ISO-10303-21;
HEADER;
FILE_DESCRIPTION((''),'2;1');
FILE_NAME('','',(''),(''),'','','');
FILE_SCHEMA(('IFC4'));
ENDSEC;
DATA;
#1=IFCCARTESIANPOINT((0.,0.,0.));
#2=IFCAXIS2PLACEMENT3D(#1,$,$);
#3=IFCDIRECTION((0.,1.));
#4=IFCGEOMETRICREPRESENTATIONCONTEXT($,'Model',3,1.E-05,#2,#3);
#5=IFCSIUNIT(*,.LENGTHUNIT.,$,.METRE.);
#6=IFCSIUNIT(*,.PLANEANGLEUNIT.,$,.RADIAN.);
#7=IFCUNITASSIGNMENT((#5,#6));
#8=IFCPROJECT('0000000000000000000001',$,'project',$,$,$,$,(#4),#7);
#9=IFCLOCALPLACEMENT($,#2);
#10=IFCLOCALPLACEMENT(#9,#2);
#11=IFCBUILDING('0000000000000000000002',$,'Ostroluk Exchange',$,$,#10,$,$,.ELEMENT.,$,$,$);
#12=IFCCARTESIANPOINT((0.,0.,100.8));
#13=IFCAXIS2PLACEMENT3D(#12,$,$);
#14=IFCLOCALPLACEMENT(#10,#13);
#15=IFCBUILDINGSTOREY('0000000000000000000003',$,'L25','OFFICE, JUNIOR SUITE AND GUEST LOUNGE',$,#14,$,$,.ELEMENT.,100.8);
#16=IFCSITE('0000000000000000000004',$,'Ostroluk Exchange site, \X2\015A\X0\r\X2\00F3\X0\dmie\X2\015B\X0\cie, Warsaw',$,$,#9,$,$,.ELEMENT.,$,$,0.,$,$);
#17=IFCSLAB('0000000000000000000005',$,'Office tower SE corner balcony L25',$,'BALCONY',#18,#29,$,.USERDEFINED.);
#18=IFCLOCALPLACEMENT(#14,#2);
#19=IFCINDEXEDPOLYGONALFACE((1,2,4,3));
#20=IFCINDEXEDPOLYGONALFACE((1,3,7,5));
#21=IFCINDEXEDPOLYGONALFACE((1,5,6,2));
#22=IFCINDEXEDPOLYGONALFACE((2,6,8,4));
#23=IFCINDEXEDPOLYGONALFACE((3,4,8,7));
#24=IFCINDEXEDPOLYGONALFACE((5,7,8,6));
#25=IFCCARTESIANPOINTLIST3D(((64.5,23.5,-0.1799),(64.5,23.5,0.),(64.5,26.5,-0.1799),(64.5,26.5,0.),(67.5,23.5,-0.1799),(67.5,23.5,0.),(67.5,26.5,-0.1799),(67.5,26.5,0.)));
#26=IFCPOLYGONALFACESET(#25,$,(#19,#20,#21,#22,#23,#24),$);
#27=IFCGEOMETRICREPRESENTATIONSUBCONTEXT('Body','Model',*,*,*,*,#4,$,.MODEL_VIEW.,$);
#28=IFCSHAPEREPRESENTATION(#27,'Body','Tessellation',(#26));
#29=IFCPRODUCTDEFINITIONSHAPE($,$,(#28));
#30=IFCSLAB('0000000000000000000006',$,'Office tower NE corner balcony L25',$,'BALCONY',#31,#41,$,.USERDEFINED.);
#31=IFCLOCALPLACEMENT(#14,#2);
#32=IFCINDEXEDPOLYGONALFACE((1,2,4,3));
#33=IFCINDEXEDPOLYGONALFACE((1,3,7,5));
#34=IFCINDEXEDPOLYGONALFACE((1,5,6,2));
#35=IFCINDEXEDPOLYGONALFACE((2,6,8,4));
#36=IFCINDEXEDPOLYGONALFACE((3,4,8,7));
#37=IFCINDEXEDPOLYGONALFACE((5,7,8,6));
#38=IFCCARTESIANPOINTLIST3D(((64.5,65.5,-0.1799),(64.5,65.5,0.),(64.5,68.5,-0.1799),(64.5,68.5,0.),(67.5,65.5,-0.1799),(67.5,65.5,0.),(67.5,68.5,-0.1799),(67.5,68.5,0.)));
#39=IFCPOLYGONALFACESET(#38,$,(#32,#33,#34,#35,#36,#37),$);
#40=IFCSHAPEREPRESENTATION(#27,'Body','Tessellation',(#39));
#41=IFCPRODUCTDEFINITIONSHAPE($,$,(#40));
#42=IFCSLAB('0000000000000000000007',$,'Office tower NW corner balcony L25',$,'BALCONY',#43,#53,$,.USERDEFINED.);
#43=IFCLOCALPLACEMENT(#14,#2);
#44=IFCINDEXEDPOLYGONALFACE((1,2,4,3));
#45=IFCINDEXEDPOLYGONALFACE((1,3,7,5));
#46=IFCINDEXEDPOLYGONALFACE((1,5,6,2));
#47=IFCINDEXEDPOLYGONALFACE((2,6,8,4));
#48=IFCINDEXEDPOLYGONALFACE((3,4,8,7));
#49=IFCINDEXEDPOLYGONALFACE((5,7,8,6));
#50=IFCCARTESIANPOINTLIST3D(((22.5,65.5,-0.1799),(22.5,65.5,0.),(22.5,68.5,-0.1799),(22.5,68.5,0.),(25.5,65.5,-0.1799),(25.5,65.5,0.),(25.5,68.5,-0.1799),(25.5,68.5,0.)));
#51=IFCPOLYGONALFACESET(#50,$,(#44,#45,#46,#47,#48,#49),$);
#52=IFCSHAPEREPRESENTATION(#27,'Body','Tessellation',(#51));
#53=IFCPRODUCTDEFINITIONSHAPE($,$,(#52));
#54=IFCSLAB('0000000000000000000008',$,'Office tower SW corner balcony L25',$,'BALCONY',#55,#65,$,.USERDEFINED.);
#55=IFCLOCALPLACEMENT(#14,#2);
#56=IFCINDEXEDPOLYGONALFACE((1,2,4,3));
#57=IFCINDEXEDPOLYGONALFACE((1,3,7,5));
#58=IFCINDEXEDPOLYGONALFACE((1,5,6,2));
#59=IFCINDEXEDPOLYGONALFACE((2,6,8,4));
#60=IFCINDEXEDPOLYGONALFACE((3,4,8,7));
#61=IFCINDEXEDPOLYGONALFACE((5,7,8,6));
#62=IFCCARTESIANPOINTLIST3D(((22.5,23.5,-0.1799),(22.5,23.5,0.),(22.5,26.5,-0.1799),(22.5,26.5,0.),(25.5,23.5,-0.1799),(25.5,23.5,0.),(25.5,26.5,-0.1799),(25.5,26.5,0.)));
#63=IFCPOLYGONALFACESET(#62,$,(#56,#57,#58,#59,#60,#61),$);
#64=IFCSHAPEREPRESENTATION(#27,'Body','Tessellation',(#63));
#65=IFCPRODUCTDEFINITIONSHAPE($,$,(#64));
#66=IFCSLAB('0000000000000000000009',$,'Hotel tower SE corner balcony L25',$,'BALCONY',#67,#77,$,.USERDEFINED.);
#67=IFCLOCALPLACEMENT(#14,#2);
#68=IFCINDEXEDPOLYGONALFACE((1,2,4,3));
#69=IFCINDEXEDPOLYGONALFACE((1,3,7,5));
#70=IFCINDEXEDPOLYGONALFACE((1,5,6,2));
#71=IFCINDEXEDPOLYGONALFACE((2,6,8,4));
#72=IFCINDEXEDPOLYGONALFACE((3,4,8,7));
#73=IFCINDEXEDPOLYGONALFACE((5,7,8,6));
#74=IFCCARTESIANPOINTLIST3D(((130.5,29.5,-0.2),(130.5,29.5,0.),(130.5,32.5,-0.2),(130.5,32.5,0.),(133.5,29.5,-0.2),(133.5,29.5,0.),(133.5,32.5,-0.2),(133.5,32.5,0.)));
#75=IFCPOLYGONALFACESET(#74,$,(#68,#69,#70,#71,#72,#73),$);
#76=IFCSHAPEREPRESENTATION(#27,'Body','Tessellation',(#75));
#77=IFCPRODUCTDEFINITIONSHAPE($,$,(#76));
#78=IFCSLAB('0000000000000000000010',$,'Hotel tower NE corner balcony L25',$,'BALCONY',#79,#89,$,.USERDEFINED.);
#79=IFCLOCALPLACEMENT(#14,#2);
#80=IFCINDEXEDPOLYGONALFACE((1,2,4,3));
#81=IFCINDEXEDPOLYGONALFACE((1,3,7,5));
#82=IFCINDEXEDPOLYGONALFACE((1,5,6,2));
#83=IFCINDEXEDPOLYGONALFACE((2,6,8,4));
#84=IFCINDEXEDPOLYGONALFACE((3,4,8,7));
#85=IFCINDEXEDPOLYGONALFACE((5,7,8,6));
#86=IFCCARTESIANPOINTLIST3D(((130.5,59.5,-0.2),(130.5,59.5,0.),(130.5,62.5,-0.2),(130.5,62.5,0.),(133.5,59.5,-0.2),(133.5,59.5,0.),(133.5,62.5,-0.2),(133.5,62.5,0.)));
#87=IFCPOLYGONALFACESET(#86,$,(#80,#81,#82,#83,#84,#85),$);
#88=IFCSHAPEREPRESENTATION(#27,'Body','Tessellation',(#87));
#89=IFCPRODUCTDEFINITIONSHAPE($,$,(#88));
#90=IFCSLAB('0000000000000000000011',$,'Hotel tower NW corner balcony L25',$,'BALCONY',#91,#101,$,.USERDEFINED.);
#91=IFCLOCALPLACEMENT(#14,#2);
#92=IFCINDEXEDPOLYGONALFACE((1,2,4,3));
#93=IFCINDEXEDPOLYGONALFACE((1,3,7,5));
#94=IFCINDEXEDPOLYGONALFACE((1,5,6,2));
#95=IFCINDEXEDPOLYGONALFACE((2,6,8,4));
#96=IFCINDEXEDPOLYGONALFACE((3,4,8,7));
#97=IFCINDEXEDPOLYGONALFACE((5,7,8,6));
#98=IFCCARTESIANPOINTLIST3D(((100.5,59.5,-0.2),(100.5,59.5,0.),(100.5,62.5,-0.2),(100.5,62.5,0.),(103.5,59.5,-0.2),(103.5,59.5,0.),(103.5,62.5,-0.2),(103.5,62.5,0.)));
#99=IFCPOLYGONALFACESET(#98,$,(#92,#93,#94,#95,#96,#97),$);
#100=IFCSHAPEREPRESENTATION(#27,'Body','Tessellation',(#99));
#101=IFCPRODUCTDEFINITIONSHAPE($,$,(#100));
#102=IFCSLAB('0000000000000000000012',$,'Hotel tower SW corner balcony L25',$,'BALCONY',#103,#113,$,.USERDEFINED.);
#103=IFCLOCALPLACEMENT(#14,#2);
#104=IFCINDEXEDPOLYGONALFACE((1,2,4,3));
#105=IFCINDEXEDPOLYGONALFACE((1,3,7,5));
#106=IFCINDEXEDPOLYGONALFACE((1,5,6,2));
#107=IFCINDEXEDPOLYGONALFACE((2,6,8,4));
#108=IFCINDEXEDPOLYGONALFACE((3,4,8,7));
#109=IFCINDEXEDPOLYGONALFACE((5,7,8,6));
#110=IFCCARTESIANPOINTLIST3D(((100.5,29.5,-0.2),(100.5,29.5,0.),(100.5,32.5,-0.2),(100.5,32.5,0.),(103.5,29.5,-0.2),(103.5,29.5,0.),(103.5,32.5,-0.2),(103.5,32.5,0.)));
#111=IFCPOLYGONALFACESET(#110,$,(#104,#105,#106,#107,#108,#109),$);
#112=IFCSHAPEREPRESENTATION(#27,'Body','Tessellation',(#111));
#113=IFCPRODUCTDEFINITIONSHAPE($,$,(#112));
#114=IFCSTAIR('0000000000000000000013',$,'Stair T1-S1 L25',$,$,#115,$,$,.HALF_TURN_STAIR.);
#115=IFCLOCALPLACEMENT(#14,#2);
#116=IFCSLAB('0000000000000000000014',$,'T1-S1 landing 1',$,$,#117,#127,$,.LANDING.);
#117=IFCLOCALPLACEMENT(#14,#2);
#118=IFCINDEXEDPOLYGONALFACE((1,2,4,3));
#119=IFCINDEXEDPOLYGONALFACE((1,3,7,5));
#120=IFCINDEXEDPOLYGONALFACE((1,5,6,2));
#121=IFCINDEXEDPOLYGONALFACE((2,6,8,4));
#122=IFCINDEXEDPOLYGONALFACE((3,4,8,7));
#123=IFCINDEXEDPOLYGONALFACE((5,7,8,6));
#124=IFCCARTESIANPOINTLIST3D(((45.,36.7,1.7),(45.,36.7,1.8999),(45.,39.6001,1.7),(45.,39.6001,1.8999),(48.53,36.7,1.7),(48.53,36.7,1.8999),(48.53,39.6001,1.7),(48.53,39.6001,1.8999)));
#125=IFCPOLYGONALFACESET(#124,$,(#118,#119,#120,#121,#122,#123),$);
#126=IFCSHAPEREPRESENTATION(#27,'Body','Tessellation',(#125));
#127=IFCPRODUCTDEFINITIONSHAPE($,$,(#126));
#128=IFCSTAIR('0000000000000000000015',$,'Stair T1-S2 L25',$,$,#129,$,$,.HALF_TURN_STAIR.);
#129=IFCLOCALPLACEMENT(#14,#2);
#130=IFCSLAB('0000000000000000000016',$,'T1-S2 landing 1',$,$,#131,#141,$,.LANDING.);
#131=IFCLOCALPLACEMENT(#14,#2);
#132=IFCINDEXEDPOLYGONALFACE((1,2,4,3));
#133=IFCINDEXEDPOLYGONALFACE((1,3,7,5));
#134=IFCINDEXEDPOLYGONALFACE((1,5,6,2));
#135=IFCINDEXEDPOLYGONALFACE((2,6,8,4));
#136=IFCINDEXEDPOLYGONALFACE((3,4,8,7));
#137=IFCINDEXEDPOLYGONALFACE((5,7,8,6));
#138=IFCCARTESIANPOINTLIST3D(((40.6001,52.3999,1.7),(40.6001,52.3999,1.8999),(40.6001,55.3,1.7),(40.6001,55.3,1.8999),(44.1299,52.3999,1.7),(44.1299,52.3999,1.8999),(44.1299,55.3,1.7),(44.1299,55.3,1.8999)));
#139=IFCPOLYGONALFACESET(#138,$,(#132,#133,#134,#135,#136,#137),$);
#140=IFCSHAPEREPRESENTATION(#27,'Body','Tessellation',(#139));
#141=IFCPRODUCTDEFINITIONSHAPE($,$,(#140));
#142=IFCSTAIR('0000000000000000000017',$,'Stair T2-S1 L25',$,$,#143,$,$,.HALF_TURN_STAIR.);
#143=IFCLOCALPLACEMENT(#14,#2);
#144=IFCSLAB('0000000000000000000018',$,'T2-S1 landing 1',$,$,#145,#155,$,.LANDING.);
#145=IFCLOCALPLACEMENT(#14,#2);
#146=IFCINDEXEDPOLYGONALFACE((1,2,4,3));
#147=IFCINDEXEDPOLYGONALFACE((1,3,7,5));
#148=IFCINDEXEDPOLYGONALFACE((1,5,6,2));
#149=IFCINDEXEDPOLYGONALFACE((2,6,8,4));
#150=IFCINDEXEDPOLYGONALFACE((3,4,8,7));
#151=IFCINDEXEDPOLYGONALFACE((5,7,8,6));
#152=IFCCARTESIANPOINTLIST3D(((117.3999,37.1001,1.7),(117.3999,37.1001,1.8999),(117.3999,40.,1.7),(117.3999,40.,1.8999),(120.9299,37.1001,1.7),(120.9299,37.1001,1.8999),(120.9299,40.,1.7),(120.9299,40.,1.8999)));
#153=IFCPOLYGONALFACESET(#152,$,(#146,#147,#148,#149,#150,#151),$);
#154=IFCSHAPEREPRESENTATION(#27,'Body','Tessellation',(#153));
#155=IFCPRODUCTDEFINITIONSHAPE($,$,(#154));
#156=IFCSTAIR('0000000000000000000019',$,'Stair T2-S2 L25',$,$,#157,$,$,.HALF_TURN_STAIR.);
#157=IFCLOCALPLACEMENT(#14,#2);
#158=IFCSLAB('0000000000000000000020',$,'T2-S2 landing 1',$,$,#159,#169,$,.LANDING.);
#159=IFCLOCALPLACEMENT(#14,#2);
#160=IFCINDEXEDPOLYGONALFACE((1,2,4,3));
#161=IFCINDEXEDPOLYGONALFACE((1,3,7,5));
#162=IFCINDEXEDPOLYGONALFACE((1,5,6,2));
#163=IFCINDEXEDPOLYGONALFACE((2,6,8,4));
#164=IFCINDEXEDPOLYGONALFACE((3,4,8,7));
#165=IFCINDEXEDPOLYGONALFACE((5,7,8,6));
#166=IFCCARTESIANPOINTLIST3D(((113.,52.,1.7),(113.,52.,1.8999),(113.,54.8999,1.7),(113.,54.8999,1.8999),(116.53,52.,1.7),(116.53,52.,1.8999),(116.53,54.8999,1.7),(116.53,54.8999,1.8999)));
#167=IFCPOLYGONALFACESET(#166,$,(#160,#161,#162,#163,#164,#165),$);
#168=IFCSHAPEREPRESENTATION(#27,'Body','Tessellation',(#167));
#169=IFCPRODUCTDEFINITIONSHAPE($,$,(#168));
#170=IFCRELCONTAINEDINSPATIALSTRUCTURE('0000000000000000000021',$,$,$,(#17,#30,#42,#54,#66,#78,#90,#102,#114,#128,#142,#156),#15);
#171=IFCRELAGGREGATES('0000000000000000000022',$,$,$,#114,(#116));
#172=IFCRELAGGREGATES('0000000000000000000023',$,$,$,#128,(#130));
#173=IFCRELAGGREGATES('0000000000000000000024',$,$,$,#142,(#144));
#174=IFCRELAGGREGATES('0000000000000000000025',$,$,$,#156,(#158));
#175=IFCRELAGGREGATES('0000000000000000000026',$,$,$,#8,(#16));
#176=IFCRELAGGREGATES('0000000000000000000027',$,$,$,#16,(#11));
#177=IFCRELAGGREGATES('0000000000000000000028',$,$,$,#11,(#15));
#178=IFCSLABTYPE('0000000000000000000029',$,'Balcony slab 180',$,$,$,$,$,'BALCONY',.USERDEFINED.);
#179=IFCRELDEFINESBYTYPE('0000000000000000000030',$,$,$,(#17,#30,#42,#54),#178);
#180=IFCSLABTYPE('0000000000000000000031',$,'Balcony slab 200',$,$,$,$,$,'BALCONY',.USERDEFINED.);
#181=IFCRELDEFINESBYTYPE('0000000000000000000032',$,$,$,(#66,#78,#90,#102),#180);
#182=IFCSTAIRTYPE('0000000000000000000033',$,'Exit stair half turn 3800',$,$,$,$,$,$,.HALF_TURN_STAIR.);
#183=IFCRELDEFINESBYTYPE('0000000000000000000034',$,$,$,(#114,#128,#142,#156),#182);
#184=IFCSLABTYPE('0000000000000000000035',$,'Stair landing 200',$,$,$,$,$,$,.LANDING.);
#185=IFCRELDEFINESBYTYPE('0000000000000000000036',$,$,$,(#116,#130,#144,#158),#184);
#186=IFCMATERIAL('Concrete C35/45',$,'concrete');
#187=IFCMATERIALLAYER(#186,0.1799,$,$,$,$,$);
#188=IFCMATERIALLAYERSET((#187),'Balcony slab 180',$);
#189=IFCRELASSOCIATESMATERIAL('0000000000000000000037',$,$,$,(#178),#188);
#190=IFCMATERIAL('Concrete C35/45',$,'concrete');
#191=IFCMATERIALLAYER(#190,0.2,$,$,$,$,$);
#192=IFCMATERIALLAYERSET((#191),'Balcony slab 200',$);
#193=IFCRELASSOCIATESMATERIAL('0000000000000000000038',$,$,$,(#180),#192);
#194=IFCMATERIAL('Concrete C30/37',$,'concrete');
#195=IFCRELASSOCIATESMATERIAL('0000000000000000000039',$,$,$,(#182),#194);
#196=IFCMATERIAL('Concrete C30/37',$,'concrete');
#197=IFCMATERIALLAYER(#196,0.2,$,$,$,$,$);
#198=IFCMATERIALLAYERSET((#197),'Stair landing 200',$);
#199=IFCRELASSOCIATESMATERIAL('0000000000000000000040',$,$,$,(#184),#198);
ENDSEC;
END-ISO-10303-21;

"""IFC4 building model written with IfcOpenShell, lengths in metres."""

from ifc_helpers import new_model, si_unit, direction, frame, origin, place, context, subcontext, project, spatial, polyline, outline, extrude, material, layer, layer_set, type_object, element, aggregate, save


model = new_model("IFC4")

# Units and contexts
model_context = context("Model", 3, precision=1e-05, world=origin(), true_north=direction((0.0, 1.0)))
body_context = subcontext(model_context, "Body", "Model", "MODEL_VIEW")
ifc_project = project(units=[si_unit("LENGTHUNIT", "METRE"), si_unit("PLANEANGLEUNIT", "RADIAN")], contexts=[model_context])

# Site, building, storey
site_placement = place(None, origin())
site = spatial("IfcSite", under=ifc_project, at=site_placement, Name="Ostroluk Exchange site, Śródmieście, Warsaw", CompositionType="ELEMENT", RefElevation=0.0)
building_placement = place(site_placement, origin())
building = spatial("IfcBuilding", under=site, at=building_placement, Name="Ostroluk Exchange", CompositionType="ELEMENT")
storey_placement = place(building_placement, frame((0.0, 0.0, 100.8)))
storey = spatial("IfcBuildingStorey", under=building, at=storey_placement, Name="L25", Description="OFFICE, JUNIOR SUITE AND GUEST LOUNGE", CompositionType="ELEMENT", Elevation=100.8)

# Slabs
ifc_material_1 = material(Name="Concrete C35/45", Category="concrete")
ifc_layer_1 = layer(ifc_material_1, 0.1799)
ifc_layer_set_1 = layer_set([ifc_layer_1], Name="Balcony slab 180")
slab_type_1 = type_object("IfcSlabType", Name="Balcony slab 180", ElementType="BALCONY", PredefinedType="USERDEFINED", material=ifc_layer_set_1)
slab_1_placement = place(storey_placement, frame((0.0, 0.0, -0.1799)))
element("IfcSlab", 1, at=slab_1_placement, inside=storey, type_object=slab_type_1, Name="Office tower SE corner balcony L25", ObjectType="BALCONY", PredefinedType="USERDEFINED", context=body_context, shape_type="SweptSolid", body=[
    extrude(outline(polyline([(64.5, 23.5), (67.5, 23.5), (67.5, 26.5), (64.5, 26.5), (64.5, 23.5)])), origin(), (0.0, 0.0, 1.0), 0.1799),
])
slab_2_placement = place(storey_placement, frame((0.0, 0.0, -0.1799)))
element("IfcSlab", 2, at=slab_2_placement, inside=storey, type_object=slab_type_1, Name="Office tower NE corner balcony L25", ObjectType="BALCONY", PredefinedType="USERDEFINED", context=body_context, shape_type="SweptSolid", body=[
    extrude(outline(polyline([(64.5, 65.5), (67.5, 65.5), (67.5, 68.5), (64.5, 68.5), (64.5, 65.5)])), origin(), (0.0, 0.0, 1.0), 0.1799),
])
slab_3_placement = place(storey_placement, frame((0.0, 0.0, -0.1799)))
element("IfcSlab", 3, at=slab_3_placement, inside=storey, type_object=slab_type_1, Name="Office tower NW corner balcony L25", ObjectType="BALCONY", PredefinedType="USERDEFINED", context=body_context, shape_type="SweptSolid", body=[
    extrude(outline(polyline([(22.5, 65.5), (25.5, 65.5), (25.5, 68.5), (22.5, 68.5), (22.5, 65.5)])), origin(), (0.0, 0.0, 1.0), 0.1799),
])
slab_4_placement = place(storey_placement, frame((0.0, 0.0, -0.1799)))
element("IfcSlab", 4, at=slab_4_placement, inside=storey, type_object=slab_type_1, Name="Office tower SW corner balcony L25", ObjectType="BALCONY", PredefinedType="USERDEFINED", context=body_context, shape_type="SweptSolid", body=[
    extrude(outline(polyline([(22.5, 23.5), (25.5, 23.5), (25.5, 26.5), (22.5, 26.5), (22.5, 23.5)])), origin(), (0.0, 0.0, 1.0), 0.1799),
])
ifc_material_2 = material(Name="Concrete C35/45", Category="concrete")
ifc_layer_2 = layer(ifc_material_2, 0.2)
ifc_layer_set_2 = layer_set([ifc_layer_2], Name="Balcony slab 200")
slab_type_2 = type_object("IfcSlabType", Name="Balcony slab 200", ElementType="BALCONY", PredefinedType="USERDEFINED", material=ifc_layer_set_2)
slab_5_placement = place(storey_placement, frame((0.0, 0.0, -0.2)))
element("IfcSlab", 5, at=slab_5_placement, inside=storey, type_object=slab_type_2, Name="Hotel tower SE corner balcony L25", ObjectType="BALCONY", PredefinedType="USERDEFINED", context=body_context, shape_type="SweptSolid", body=[
    extrude(outline(polyline([(130.5, 29.5), (133.5, 29.5), (133.5, 32.5), (130.5, 32.5), (130.5, 29.5)])), origin(), (0.0, 0.0, 1.0), 0.2),
])
slab_6_placement = place(storey_placement, frame((0.0, 0.0, -0.2)))
element("IfcSlab", 6, at=slab_6_placement, inside=storey, type_object=slab_type_2, Name="Hotel tower NE corner balcony L25", ObjectType="BALCONY", PredefinedType="USERDEFINED", context=body_context, shape_type="SweptSolid", body=[
    extrude(outline(polyline([(130.5, 59.5), (133.5, 59.5), (133.5, 62.5), (130.5, 62.5), (130.5, 59.5)])), origin(), (0.0, 0.0, 1.0), 0.2),
])
slab_7_placement = place(storey_placement, frame((0.0, 0.0, -0.2)))
element("IfcSlab", 7, at=slab_7_placement, inside=storey, type_object=slab_type_2, Name="Hotel tower NW corner balcony L25", ObjectType="BALCONY", PredefinedType="USERDEFINED", context=body_context, shape_type="SweptSolid", body=[
    extrude(outline(polyline([(100.5, 59.5), (103.5, 59.5), (103.5, 62.5), (100.5, 62.5), (100.5, 59.5)])), origin(), (0.0, 0.0, 1.0), 0.2),
])
slab_8_placement = place(storey_placement, frame((0.0, 0.0, -0.2)))
element("IfcSlab", 8, at=slab_8_placement, inside=storey, type_object=slab_type_2, Name="Hotel tower SW corner balcony L25", ObjectType="BALCONY", PredefinedType="USERDEFINED", context=body_context, shape_type="SweptSolid", body=[
    extrude(outline(polyline([(100.5, 29.5), (103.5, 29.5), (103.5, 32.5), (100.5, 32.5), (100.5, 29.5)])), origin(), (0.0, 0.0, 1.0), 0.2),
])

# Stairs, slabs
ifc_material_3 = material(Name="Concrete C30/37", Category="concrete")
stair_type = type_object("IfcStairType", Name="Exit stair half turn 3800", PredefinedType="HALF_TURN_STAIR", material=ifc_material_3)
stair_1_placement = place(storey_placement, origin())
stair_1 = element("IfcStair", 9, at=stair_1_placement, inside=storey, type_object=stair_type, Name="Stair T1-S1 L25", PredefinedType="HALF_TURN_STAIR")
ifc_material_4 = material(Name="Concrete C30/37", Category="concrete")
ifc_layer_3 = layer(ifc_material_4, 0.2)
ifc_layer_set_3 = layer_set([ifc_layer_3], Name="Stair landing 200")
slab_type_3 = type_object("IfcSlabType", Name="Stair landing 200", PredefinedType="LANDING", material=ifc_layer_set_3)
slab_9_placement = place(storey_placement, frame((0.0, 0.0, 1.7)))
slab_9 = element("IfcSlab", 10, at=slab_9_placement, type_object=slab_type_3, Name="T1-S1 landing 1", PredefinedType="LANDING", context=body_context, shape_type="SweptSolid", body=[
    extrude(outline(polyline([(45.0, 36.7), (45.0, 39.6001), (48.53, 39.6001), (48.53, 36.7), (45.0, 36.7)])), origin(), (0.0, 0.0, 1.0), 0.2),
])
aggregate(stair_1, [slab_9])
stair_2_placement = place(storey_placement, origin())
stair_2 = element("IfcStair", 11, at=stair_2_placement, inside=storey, type_object=stair_type, Name="Stair T1-S2 L25", PredefinedType="HALF_TURN_STAIR")
slab_10_placement = place(storey_placement, frame((0.0, 0.0, 1.7)))
slab_10 = element("IfcSlab", 12, at=slab_10_placement, type_object=slab_type_3, Name="T1-S2 landing 1", PredefinedType="LANDING", context=body_context, shape_type="SweptSolid", body=[
    extrude(outline(polyline([(44.1299, 52.3999), (44.1299, 55.3), (40.6001, 55.3), (40.6001, 52.3999), (44.1299, 52.3999)])), origin(), (0.0, 0.0, 1.0), 0.2),
])
aggregate(stair_2, [slab_10])
stair_3_placement = place(storey_placement, origin())
stair_3 = element("IfcStair", 13, at=stair_3_placement, inside=storey, type_object=stair_type, Name="Stair T2-S1 L25", PredefinedType="HALF_TURN_STAIR")
slab_11_placement = place(storey_placement, frame((0.0, 0.0, 1.7)))
slab_11 = element("IfcSlab", 14, at=slab_11_placement, type_object=slab_type_3, Name="T2-S1 landing 1", PredefinedType="LANDING", context=body_context, shape_type="SweptSolid", body=[
    extrude(outline(polyline([(117.3999, 37.1001), (117.3999, 40.0), (120.9299, 40.0), (120.9299, 37.1001), (117.3999, 37.1001)])), origin(), (0.0, 0.0, 1.0), 0.2),
])
aggregate(stair_3, [slab_11])
stair_4_placement = place(storey_placement, origin())
stair_4 = element("IfcStair", 15, at=stair_4_placement, inside=storey, type_object=stair_type, Name="Stair T2-S2 L25", PredefinedType="HALF_TURN_STAIR")
slab_12_placement = place(storey_placement, frame((0.0, 0.0, 1.7)))
slab_12 = element("IfcSlab", 16, at=slab_12_placement, type_object=slab_type_3, Name="T2-S2 landing 1", PredefinedType="LANDING", context=body_context, shape_type="SweptSolid", body=[
    extrude(outline(polyline([(116.53, 52.0), (116.53, 54.8999), (113.0, 54.8999), (113.0, 52.0), (116.53, 52.0)])), origin(), (0.0, 0.0, 1.0), 0.2),
])
aggregate(stair_4, [slab_12])

save(model, "model.ifc")
